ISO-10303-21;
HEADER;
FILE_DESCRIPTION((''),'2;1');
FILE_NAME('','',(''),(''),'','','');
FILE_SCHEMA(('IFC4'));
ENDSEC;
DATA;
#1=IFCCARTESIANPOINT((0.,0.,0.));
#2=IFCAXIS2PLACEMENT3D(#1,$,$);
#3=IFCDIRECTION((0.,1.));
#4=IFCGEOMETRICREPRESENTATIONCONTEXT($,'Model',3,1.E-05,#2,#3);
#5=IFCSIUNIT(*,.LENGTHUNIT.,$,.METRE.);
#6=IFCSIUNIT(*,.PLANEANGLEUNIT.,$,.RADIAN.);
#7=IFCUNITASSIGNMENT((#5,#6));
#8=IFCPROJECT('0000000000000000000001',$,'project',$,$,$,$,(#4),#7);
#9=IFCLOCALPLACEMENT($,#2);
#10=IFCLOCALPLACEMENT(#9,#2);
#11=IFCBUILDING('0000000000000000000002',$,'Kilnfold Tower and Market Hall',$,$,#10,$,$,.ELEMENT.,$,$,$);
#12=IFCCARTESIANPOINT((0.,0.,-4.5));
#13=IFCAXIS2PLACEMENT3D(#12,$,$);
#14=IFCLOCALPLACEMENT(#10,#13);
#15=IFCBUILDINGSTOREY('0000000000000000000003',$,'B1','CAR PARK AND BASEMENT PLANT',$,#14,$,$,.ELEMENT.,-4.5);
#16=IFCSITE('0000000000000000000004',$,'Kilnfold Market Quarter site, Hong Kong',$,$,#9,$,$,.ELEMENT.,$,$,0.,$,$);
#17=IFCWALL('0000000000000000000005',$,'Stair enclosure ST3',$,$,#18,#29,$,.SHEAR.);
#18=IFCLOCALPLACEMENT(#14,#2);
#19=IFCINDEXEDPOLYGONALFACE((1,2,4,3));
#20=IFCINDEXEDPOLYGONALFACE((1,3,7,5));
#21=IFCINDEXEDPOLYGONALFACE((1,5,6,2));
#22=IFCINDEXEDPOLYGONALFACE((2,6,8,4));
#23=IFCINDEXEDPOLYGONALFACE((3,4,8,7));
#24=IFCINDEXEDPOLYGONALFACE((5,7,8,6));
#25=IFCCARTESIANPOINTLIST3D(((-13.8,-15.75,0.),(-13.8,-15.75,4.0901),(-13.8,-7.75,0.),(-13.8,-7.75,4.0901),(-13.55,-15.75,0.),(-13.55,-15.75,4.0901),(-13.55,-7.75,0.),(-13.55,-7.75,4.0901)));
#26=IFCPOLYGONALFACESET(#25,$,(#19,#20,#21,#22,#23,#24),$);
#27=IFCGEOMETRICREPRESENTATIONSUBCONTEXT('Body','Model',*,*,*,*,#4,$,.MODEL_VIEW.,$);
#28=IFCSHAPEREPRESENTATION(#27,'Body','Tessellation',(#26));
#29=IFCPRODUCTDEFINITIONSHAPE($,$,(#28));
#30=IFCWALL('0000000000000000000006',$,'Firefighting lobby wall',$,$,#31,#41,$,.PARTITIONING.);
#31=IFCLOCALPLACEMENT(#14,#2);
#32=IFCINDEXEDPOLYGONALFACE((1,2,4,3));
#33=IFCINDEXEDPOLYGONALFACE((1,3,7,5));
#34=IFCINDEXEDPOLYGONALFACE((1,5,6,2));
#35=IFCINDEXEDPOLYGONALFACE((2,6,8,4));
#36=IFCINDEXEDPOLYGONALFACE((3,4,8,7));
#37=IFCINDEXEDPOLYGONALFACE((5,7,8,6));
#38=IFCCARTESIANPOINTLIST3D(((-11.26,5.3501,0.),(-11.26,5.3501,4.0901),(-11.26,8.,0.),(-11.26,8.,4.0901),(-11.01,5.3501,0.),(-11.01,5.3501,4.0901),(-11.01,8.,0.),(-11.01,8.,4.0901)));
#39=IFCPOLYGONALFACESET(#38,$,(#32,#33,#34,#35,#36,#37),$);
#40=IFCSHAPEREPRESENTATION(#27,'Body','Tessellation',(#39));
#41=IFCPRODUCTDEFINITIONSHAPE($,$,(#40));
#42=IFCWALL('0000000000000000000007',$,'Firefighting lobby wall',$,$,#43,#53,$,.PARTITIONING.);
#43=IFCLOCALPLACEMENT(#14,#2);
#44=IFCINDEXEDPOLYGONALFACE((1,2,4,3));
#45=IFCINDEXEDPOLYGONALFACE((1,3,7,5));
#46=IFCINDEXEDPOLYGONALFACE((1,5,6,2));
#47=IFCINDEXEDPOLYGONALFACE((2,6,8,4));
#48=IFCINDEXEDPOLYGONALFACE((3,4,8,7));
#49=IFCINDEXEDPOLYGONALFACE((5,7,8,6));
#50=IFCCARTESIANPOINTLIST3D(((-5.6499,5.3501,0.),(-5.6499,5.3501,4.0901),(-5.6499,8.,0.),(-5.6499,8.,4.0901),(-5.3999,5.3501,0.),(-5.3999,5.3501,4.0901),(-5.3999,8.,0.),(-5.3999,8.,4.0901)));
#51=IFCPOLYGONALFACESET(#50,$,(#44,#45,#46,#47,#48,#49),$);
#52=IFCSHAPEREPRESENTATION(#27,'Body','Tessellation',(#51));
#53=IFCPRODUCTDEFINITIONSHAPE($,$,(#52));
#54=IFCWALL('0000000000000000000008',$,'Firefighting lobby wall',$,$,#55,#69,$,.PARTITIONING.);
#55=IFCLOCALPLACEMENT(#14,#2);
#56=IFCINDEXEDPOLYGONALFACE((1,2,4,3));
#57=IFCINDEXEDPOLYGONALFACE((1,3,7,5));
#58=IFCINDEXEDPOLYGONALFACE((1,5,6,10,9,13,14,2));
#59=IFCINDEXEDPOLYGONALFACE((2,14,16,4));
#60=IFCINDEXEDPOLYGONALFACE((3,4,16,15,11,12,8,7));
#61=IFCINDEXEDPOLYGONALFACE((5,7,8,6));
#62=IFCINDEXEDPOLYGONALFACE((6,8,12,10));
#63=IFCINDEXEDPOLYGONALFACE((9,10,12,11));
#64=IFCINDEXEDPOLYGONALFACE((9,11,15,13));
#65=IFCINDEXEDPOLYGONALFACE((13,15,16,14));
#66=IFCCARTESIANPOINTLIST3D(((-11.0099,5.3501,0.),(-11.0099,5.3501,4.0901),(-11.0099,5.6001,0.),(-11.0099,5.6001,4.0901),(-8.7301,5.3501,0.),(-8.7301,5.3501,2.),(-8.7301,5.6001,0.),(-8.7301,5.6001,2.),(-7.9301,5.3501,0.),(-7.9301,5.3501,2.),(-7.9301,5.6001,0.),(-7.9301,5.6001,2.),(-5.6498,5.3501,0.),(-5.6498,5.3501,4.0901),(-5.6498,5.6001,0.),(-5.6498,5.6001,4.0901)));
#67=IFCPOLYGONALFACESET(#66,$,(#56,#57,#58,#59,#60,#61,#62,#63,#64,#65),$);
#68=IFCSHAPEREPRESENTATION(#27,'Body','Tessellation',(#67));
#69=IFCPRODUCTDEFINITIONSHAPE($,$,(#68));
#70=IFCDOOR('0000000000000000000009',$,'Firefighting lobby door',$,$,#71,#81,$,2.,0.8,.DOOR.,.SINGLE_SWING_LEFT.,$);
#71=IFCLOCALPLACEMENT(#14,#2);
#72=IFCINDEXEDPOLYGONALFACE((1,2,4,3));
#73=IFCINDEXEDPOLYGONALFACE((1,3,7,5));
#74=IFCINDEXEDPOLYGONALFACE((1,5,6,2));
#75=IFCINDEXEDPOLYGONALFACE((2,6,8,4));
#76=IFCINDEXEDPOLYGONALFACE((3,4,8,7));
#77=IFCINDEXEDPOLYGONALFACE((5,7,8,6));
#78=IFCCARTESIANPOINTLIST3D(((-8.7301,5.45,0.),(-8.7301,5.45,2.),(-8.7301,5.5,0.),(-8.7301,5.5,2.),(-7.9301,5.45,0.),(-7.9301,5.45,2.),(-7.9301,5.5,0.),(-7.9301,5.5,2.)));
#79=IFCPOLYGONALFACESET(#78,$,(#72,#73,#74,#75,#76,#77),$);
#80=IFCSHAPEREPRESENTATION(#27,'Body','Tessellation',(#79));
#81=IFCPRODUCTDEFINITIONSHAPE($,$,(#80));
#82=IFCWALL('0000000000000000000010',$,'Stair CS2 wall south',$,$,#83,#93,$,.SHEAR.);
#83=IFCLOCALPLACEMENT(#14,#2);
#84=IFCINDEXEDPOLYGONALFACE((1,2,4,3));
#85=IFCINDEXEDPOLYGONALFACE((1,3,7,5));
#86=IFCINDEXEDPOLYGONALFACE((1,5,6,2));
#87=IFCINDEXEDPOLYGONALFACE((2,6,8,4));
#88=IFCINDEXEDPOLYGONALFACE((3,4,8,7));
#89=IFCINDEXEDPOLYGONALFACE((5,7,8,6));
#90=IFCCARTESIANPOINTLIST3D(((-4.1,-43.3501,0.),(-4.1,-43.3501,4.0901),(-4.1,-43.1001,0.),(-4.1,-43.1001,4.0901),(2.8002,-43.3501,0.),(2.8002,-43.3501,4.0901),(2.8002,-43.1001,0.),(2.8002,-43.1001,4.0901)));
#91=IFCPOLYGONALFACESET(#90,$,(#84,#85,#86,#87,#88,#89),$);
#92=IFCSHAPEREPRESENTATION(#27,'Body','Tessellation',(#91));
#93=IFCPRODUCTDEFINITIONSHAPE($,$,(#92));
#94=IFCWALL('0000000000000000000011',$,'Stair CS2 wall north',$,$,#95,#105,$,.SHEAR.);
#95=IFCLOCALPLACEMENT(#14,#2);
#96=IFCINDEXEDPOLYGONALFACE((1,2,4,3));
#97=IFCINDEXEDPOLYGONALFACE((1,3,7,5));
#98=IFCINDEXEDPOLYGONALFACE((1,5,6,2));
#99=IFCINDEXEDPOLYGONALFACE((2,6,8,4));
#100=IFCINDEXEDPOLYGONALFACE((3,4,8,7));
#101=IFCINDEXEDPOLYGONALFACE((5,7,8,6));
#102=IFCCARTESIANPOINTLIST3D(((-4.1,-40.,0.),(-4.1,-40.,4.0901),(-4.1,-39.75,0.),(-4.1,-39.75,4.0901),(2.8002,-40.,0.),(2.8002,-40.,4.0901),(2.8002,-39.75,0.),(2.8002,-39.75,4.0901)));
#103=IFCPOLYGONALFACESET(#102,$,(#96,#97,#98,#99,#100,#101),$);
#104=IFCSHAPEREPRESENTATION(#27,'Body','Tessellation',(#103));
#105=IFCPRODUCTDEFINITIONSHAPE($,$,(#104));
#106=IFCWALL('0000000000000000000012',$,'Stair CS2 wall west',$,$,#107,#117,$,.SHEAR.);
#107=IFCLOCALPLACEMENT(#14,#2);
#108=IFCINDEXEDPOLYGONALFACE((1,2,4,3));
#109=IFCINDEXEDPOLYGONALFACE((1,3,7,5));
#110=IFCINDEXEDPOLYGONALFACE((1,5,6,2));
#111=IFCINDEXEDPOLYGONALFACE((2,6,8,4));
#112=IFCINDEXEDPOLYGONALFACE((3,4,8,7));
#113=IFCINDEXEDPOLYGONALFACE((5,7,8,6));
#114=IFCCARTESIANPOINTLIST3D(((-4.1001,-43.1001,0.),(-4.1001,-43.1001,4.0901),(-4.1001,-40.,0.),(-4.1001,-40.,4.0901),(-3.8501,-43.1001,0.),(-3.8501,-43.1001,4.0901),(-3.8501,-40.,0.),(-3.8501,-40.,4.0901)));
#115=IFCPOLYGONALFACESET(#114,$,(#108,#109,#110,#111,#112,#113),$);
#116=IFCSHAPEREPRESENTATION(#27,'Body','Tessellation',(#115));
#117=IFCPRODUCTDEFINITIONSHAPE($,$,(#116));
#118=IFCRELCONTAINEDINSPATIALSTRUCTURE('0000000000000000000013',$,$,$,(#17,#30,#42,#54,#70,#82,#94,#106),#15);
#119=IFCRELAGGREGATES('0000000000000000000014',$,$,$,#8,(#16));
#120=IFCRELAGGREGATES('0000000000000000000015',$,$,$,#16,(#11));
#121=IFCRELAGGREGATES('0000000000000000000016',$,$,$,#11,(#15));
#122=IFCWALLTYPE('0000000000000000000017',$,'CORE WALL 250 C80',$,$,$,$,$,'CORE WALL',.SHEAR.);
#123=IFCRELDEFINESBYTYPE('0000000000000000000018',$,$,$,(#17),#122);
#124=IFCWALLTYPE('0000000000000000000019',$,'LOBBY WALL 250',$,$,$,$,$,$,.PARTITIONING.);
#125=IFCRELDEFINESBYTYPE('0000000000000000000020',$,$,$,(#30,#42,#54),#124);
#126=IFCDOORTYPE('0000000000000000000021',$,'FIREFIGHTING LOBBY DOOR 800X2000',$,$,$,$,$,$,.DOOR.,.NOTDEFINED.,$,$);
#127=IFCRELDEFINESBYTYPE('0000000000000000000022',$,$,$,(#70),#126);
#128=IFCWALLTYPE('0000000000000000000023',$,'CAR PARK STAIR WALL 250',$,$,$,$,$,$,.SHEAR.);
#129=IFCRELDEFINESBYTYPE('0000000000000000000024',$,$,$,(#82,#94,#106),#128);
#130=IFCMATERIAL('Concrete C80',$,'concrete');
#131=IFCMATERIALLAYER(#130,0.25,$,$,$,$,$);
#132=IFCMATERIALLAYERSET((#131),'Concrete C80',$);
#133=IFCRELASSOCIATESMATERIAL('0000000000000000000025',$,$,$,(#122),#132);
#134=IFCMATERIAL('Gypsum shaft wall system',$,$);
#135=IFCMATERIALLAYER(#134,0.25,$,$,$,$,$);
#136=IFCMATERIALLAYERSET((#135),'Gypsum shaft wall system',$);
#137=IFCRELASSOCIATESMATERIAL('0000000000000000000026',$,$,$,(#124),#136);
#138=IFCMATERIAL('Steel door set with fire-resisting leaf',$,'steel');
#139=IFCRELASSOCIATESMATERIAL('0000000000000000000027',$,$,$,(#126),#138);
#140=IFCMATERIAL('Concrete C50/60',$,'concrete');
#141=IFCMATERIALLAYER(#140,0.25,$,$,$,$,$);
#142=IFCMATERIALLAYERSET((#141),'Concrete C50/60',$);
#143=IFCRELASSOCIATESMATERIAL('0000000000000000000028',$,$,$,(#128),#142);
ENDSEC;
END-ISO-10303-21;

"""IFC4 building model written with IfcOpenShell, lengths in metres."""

from ifc_helpers import new_model, si_unit, direction, frame, frame_2d, origin, place, context, subcontext, project, spatial, rectangle, extrude, source, transform, mapped, material, layer, layer_set, type_object, element, fill, save


model = new_model("IFC4")

# Units and contexts
model_context = context("Model", 3, precision=1e-05, world=origin(), true_north=direction((0.0, 1.0)))
body_context = subcontext(model_context, "Body", "Model", "MODEL_VIEW")
ifc_project = project(units=[si_unit("LENGTHUNIT", "METRE"), si_unit("PLANEANGLEUNIT", "RADIAN")], contexts=[model_context])

# Site, building, storey
site_placement = place(None, origin())
site = spatial("IfcSite", under=ifc_project, at=site_placement, Name="Kilnfold Market Quarter site, Hong Kong", CompositionType="ELEMENT", RefElevation=0.0)
building_placement = place(site_placement, origin())
building = spatial("IfcBuilding", under=site, at=building_placement, Name="Kilnfold Tower and Market Hall", CompositionType="ELEMENT")
storey_placement = place(building_placement, frame((0.0, 0.0, -4.5)))
storey = spatial("IfcBuildingStorey", under=building, at=storey_placement, Name="B1", Description="CAR PARK AND BASEMENT PLANT", CompositionType="ELEMENT", Elevation=-4.5)

# Walls
ifc_material_1 = material(Name="Concrete C80", Category="concrete")
ifc_layer_1 = layer(ifc_material_1, 0.25)
ifc_layer_set_1 = layer_set([ifc_layer_1], Name="Concrete C80")
wall_type_1 = type_object("IfcWallType", Name="CORE WALL 250 C80", ElementType="CORE WALL", PredefinedType="SHEAR", material=ifc_layer_set_1)
shared_shape_1 = source(origin(), body_context, "Body", "SweptSolid", [
    extrude(rectangle(XDim=8.0, YDim=0.25, at=frame_2d((4.0, 0.0))), origin(), (0.0, 0.0, 1.0), 4.0901),
])
for number, where, z_axis, x_axis, name in (
    (1, (-13.675, -15.75, 0.0), (0.0, 0.0, 1.0), (0.0, 1.0, 0.0), "Stair enclosure ST3"),
):
    element("IfcWall", number, at=place(storey_placement, frame(where, z_axis=z_axis, x_axis=x_axis)), inside=storey, type_object=wall_type_1, Name=name, PredefinedType="SHEAR", context=body_context, shape_type="MappedRepresentation", body=[
        mapped(shared_shape_1, transform((0.0, 0.0, 0.0))),
    ])
ifc_material_2 = material(Name="Gypsum shaft wall system")
ifc_layer_2 = layer(ifc_material_2, 0.25)
ifc_layer_set_2 = layer_set([ifc_layer_2], Name="Gypsum shaft wall system")
wall_type_2 = type_object("IfcWallType", Name="LOBBY WALL 250", PredefinedType="PARTITIONING", material=ifc_layer_set_2)
shared_shape_2 = source(origin(), body_context, "Body", "SweptSolid", [
    extrude(rectangle(XDim=2.6499, YDim=0.25, at=frame_2d((1.325, 0.0))), origin(), (0.0, 0.0, 1.0), 4.0901),
])
for number, where, z_axis, x_axis, name in (
    (2, (-11.135, 5.3501, 0.0), (0.0, 0.0, 1.0), (0.0, 1.0, 0.0), "Firefighting lobby wall"),
    (3, (-5.5249, 5.3501, 0.0), (0.0, 0.0, 1.0), (0.0, 1.0, 0.0), "Firefighting lobby wall"),
):
    element("IfcWall", number, at=place(storey_placement, frame(where, z_axis=z_axis, x_axis=x_axis)), inside=storey, type_object=wall_type_2, Name=name, PredefinedType="PARTITIONING", context=body_context, shape_type="MappedRepresentation", body=[
        mapped(shared_shape_2, transform((0.0, 0.0, 0.0))),
    ])

# Wall, opening, door
shared_shape_3 = source(origin(), body_context, "Body", "SweptSolid", [
    extrude(rectangle(XDim=5.3601, YDim=0.25, at=frame_2d((2.6802, 0.0))), origin(), (0.0, 0.0, 1.0), 4.0901),
])
wall_1_placement = place(storey_placement, frame((-11.01, 5.4751, 0.0), z_axis=(0.0, 0.0, 1.0), x_axis=(1.0, 0.0, 0.0)))
wall_1 = element("IfcWall", 4, at=wall_1_placement, inside=storey, type_object=wall_type_2, Name="Firefighting lobby wall", PredefinedType="PARTITIONING", context=body_context, shape_type="MappedRepresentation", body=[
    mapped(shared_shape_3, transform((0.0, 0.0, 0.0))),
])
opening_placement = place(wall_1_placement, frame((2.28, 0.0, 0.0)))
opening = element("IfcOpeningElement", 5, at=opening_placement, cuts=wall_1, PredefinedType="OPENING", context=body_context, shape_type="SweptSolid", body=[
    extrude(rectangle(XDim=0.8, YDim=2.0, at=frame_2d((0.3999, 1.0))), frame((0.0, 0.135, 0.0), z_axis=(0.0, -1.0, 0.0), x_axis=(1.0, 0.0, 0.0)), (0.0, 0.0, 1.0), 0.27),
])
ifc_material_3 = material(Name="Steel door set with fire-resisting leaf", Category="steel")
door_type = type_object("IfcDoorType", Name="FIREFIGHTING LOBBY DOOR 800X2000", OperationType="NOTDEFINED", PredefinedType="DOOR", material=ifc_material_3)
door_placement = place(opening_placement, origin())
door = element("IfcDoor", 6, at=door_placement, inside=storey, type_object=door_type, Name="Firefighting lobby door", OperationType="SINGLE_SWING_LEFT", OverallHeight=2.0, OverallWidth=0.8, PredefinedType="DOOR", context=body_context, shape_type="SweptSolid", body=[
    extrude(rectangle(XDim=0.8, YDim=2.0, at=frame_2d((0.3999, 1.0))), frame((0.0, 0.0249, 0.0), z_axis=(0.0, -1.0, 0.0), x_axis=(1.0, 0.0, 0.0)), (0.0, 0.0, 1.0), 0.05),
])
fill(opening, door)

# Walls
ifc_material_4 = material(Name="Concrete C50/60", Category="concrete")
ifc_layer_3 = layer(ifc_material_4, 0.25)
ifc_layer_set_3 = layer_set([ifc_layer_3], Name="Concrete C50/60")
wall_type_3 = type_object("IfcWallType", Name="CAR PARK STAIR WALL 250", PredefinedType="SHEAR", material=ifc_layer_set_3)
shared_shape_4 = source(origin(), body_context, "Body", "SweptSolid", [
    extrude(rectangle(XDim=6.9001, YDim=0.25, at=frame_2d((3.4502, 0.0))), origin(), (0.0, 0.0, 1.0), 4.0901),
])
for number, where, z_axis, x_axis, name in (
    (7, (-4.1001, -43.2251, 0.0), (0.0, 0.0, 1.0), (1.0, 0.0, 0.0), "Stair CS2 wall south"),
    (8, (-4.1001, -39.875, 0.0), (0.0, 0.0, 1.0), (1.0, 0.0, 0.0), "Stair CS2 wall north"),
):
    element("IfcWall", number, at=place(storey_placement, frame(where, z_axis=z_axis, x_axis=x_axis)), inside=storey, type_object=wall_type_3, Name=name, PredefinedType="SHEAR", context=body_context, shape_type="MappedRepresentation", body=[
        mapped(shared_shape_4, transform((0.0, 0.0, 0.0))),
    ])
shared_shape_5 = source(origin(), body_context, "Body", "SweptSolid", [
    extrude(rectangle(XDim=3.1001, YDim=0.25, at=frame_2d((1.55, 0.0))), origin(), (0.0, 0.0, 1.0), 4.0901),
])
wall_2_placement = place(storey_placement, frame((-3.9751, -43.1001, 0.0), z_axis=(0.0, 0.0, 1.0), x_axis=(0.0, 1.0, 0.0)))
element("IfcWall", 9, at=wall_2_placement, inside=storey, type_object=wall_type_3, Name="Stair CS2 wall west", PredefinedType="SHEAR", context=body_context, shape_type="MappedRepresentation", body=[
    mapped(shared_shape_5, transform((0.0, 0.0, 0.0))),
])

save(model, "model.ifc")
